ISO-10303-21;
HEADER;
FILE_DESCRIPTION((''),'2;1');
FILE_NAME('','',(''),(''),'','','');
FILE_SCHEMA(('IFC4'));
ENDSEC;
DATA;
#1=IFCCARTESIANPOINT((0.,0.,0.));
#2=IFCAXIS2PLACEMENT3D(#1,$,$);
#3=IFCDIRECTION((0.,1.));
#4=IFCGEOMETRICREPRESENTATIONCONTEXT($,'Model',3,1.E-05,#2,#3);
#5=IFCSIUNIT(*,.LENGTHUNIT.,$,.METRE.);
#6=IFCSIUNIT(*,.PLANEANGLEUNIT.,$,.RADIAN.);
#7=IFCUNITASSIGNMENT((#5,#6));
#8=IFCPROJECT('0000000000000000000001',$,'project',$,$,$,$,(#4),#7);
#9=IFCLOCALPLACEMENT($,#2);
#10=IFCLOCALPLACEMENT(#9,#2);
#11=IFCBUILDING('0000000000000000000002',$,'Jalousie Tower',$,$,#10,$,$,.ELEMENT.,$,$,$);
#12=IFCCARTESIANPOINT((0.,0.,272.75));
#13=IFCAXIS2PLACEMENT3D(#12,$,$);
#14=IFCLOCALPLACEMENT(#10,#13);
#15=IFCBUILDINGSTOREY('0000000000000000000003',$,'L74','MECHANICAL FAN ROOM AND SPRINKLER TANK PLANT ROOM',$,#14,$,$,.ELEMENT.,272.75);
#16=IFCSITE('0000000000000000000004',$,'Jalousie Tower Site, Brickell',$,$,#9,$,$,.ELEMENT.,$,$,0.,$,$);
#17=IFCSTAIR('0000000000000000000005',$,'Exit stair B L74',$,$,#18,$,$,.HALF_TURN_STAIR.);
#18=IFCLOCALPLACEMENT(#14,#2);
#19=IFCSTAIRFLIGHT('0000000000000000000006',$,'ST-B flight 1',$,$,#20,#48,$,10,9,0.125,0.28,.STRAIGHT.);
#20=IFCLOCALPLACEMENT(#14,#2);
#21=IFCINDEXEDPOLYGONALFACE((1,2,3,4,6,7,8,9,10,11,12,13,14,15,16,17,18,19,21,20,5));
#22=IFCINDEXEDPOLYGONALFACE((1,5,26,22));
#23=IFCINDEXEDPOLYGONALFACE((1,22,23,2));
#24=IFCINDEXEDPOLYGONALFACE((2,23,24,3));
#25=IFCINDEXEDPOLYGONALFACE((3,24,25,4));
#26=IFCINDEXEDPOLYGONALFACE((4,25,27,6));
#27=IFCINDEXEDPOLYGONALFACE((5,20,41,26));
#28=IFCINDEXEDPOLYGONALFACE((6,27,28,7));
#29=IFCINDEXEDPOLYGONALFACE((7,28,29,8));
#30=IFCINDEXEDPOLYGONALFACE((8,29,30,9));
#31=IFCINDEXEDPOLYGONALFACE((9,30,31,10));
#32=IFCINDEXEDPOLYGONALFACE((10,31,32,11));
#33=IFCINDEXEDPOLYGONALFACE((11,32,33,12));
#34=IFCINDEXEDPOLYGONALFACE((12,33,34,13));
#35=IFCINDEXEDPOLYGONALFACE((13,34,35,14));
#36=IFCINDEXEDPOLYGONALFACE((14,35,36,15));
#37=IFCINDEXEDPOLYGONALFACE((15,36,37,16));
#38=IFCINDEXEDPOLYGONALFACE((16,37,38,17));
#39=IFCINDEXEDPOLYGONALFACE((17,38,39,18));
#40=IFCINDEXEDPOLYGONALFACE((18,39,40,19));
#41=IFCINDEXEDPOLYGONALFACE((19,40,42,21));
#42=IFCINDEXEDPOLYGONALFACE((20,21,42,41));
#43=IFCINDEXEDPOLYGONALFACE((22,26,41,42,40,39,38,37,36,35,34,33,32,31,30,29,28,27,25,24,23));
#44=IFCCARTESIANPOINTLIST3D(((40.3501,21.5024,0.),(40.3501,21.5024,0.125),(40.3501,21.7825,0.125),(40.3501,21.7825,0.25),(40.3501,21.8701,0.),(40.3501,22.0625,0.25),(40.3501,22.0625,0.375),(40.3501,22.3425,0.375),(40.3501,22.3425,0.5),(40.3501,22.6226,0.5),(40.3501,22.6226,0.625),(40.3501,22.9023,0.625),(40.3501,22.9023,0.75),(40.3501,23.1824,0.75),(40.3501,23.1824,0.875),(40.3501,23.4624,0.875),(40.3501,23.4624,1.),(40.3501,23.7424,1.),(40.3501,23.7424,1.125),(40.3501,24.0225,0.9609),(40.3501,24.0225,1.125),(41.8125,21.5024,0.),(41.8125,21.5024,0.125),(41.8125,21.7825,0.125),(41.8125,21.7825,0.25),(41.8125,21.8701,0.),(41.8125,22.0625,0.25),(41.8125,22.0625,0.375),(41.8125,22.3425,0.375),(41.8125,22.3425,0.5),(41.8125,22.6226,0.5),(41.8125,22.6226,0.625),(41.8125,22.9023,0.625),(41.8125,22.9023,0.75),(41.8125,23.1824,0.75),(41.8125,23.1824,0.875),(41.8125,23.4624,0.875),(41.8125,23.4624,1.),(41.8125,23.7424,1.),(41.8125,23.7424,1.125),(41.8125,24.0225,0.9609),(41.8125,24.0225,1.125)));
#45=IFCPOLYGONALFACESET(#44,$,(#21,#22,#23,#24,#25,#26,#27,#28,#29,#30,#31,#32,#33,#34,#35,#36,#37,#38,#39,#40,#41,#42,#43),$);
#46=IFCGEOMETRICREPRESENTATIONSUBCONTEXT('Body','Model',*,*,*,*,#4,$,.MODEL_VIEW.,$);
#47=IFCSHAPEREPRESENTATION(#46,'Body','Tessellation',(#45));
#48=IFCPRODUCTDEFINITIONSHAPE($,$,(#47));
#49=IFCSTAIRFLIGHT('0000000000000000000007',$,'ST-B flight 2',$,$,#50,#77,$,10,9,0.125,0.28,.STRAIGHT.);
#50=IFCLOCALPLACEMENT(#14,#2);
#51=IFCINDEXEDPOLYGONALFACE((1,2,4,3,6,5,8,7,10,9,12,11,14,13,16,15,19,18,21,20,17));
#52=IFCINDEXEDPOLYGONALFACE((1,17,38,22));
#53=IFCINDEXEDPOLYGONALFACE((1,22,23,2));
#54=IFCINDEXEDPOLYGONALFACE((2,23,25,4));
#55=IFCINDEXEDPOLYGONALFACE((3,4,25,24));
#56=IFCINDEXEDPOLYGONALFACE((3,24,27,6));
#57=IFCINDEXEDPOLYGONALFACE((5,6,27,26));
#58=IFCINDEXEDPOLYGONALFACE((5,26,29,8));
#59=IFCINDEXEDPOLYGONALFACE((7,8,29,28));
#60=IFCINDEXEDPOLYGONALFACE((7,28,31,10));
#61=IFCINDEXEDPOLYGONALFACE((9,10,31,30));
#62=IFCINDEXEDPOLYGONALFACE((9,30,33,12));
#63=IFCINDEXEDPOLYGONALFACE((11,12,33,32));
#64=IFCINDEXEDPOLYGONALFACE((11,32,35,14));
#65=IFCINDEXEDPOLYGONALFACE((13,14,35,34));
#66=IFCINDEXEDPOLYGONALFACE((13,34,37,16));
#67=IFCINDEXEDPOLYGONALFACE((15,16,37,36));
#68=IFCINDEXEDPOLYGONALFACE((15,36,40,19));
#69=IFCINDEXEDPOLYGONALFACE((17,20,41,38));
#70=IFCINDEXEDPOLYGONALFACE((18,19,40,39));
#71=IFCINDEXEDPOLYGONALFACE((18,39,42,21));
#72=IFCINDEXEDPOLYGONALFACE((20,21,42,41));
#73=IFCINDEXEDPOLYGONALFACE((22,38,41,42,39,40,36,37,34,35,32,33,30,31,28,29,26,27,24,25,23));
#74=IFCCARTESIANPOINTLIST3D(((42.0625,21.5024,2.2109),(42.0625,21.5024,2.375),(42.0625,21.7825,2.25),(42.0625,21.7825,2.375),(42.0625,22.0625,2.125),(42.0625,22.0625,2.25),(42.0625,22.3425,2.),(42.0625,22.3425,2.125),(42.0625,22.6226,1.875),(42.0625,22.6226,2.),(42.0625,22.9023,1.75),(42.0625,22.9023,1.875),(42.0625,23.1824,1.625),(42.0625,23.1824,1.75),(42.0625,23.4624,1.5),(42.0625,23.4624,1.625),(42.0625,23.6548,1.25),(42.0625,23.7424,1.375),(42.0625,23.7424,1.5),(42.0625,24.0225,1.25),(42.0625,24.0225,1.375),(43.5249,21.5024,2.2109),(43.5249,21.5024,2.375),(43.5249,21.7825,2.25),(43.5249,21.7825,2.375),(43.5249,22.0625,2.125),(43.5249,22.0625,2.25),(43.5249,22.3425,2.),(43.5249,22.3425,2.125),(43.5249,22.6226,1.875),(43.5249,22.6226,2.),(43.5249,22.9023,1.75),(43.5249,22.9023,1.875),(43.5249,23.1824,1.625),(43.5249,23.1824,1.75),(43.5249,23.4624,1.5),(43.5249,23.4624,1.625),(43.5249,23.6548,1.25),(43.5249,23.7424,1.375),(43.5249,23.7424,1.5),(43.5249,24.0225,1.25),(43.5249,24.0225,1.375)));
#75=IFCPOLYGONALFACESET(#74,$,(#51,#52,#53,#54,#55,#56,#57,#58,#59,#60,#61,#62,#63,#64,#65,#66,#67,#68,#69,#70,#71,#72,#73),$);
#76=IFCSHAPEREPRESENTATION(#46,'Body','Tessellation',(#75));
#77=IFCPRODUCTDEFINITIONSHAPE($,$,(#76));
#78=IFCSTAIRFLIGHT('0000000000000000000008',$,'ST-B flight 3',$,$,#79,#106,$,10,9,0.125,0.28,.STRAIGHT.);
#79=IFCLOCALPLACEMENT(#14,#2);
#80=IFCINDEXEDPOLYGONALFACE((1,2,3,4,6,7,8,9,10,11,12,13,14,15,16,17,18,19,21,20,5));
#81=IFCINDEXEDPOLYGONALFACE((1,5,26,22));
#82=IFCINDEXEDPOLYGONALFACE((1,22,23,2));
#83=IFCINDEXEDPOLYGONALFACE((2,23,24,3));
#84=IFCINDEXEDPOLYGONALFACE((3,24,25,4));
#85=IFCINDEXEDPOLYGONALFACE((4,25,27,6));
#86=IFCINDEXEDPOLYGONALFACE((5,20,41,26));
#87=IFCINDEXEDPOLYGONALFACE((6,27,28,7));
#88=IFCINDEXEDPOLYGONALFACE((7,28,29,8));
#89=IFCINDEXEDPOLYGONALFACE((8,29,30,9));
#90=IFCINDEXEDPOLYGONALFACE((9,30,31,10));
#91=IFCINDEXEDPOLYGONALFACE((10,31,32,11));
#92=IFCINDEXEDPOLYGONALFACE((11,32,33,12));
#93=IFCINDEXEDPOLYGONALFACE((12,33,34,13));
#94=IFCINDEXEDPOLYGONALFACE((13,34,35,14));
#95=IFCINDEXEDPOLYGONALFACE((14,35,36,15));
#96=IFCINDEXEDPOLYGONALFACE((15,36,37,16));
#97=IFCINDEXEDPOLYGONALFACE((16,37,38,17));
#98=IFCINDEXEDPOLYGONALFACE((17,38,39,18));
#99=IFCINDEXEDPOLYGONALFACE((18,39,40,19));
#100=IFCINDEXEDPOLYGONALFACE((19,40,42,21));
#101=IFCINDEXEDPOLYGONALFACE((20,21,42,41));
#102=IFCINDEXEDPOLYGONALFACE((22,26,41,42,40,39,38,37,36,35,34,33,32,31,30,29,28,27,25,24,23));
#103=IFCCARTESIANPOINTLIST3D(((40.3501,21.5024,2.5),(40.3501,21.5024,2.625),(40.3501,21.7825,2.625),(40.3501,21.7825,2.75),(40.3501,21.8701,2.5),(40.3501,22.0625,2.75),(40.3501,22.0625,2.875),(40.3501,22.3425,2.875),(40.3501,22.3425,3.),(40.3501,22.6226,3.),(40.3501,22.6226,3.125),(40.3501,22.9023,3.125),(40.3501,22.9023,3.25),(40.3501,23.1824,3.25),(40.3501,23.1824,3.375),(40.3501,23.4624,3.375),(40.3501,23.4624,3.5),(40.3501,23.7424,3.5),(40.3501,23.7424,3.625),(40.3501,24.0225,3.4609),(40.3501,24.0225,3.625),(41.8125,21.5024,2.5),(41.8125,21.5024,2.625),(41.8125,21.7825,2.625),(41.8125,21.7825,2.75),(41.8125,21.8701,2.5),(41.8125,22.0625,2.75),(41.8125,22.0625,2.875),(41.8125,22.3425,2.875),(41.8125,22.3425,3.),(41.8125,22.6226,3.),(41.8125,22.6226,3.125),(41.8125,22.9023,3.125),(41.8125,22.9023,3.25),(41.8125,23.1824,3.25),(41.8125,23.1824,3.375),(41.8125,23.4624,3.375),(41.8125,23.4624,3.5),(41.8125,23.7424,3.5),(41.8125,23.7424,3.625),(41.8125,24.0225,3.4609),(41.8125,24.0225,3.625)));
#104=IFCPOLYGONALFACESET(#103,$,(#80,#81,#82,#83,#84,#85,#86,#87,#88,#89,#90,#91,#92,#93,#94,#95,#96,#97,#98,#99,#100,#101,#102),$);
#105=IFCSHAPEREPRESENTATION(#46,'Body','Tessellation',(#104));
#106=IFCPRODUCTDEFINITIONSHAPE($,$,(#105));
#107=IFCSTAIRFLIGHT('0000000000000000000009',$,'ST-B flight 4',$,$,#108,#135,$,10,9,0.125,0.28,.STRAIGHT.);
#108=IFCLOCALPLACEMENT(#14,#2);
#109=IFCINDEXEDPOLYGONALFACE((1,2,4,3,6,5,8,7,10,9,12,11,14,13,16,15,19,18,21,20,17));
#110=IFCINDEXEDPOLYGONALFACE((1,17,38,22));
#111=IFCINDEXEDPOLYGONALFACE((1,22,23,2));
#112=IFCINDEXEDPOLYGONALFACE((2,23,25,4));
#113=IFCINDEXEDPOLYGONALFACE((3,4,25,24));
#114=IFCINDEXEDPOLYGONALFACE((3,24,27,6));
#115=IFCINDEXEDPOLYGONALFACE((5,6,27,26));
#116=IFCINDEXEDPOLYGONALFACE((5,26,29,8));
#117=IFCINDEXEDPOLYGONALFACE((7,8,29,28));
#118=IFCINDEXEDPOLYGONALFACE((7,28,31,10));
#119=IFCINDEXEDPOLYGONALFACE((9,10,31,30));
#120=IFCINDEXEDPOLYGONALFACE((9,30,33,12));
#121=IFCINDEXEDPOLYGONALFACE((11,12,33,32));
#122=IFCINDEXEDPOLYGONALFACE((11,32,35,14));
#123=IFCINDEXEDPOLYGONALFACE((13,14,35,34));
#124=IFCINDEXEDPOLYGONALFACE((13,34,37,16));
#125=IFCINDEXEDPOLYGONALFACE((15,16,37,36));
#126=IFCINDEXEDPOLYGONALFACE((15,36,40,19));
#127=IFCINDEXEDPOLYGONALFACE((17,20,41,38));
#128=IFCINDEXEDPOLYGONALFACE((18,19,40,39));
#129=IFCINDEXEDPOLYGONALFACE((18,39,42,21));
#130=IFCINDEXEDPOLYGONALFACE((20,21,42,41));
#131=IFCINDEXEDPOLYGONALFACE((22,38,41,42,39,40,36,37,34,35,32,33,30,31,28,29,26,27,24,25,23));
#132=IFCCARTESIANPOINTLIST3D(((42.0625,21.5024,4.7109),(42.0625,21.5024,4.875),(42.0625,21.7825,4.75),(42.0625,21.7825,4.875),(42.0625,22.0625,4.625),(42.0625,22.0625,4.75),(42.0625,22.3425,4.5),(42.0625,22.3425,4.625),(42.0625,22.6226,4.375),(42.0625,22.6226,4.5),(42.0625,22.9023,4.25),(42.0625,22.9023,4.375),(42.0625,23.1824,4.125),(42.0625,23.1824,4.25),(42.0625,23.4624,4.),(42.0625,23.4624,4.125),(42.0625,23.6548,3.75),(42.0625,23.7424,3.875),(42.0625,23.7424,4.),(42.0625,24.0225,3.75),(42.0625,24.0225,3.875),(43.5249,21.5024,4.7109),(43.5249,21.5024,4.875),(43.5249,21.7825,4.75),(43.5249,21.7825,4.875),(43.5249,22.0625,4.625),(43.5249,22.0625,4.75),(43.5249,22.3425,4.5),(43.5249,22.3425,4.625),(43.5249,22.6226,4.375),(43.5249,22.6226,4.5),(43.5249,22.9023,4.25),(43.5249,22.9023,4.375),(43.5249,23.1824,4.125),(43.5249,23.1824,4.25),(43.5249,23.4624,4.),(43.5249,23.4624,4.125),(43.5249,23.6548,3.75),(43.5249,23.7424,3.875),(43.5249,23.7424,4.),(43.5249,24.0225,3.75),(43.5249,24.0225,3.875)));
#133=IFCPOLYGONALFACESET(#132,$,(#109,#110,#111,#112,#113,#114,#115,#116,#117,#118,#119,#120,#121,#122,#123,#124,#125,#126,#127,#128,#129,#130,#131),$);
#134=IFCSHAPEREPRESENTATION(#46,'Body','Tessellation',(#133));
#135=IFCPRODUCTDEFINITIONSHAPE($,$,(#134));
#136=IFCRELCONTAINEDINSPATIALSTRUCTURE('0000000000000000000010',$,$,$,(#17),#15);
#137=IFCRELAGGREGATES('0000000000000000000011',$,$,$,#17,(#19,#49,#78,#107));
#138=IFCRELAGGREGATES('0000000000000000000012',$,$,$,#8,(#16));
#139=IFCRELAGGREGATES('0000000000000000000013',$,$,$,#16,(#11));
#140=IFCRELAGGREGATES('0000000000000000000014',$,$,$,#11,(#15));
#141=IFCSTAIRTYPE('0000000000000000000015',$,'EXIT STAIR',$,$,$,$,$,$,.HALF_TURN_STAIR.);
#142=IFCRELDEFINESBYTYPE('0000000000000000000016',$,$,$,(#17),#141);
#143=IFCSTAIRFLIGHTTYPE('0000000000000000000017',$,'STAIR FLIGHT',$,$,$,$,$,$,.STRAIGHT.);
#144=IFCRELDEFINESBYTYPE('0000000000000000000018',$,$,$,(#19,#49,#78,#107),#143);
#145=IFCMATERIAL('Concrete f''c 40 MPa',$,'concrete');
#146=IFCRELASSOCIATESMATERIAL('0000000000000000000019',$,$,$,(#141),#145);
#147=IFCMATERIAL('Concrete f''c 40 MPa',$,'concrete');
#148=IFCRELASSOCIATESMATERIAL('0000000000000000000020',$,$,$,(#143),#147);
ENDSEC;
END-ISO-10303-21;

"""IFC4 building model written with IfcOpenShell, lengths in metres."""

from ifc_helpers import new_model, si_unit, direction, frame, origin, place, context, subcontext, project, spatial, polyline, outline, extrude, material, type_object, element, aggregate, save


model = new_model("IFC4")

# Units and contexts
model_context = context("Model", 3, precision=1e-05, world=origin(), true_north=direction((0.0, 1.0)))
body_context = subcontext(model_context, "Body", "Model", "MODEL_VIEW")
ifc_project = project(units=[si_unit("LENGTHUNIT", "METRE"), si_unit("PLANEANGLEUNIT", "RADIAN")], contexts=[model_context])

# Site, building, storey
site_placement = place(None, origin())
site = spatial("IfcSite", under=ifc_project, at=site_placement, Name="Jalousie Tower Site, Brickell", CompositionType="ELEMENT", RefElevation=0.0)
building_placement = place(site_placement, origin())
building = spatial("IfcBuilding", under=site, at=building_placement, Name="Jalousie Tower", CompositionType="ELEMENT")
storey_placement = place(building_placement, frame((0.0, 0.0, 272.75)))
storey = spatial("IfcBuildingStorey", under=building, at=storey_placement, Name="L74", Description="MECHANICAL FAN ROOM AND SPRINKLER TANK PLANT ROOM", CompositionType="ELEMENT", Elevation=272.75)

# Stair, stair flights
ifc_material_1 = material(Name="Concrete f'c 40 MPa", Category="concrete")
stair_type = type_object("IfcStairType", Name="EXIT STAIR", PredefinedType="HALF_TURN_STAIR", material=ifc_material_1)
stair_placement = place(storey_placement, origin())
stair = element("IfcStair", 1, at=stair_placement, inside=storey, type_object=stair_type, Name="Exit stair B L74", PredefinedType="HALF_TURN_STAIR")
ifc_material_2 = material(Name="Concrete f'c 40 MPa", Category="concrete")
stair_flight_type = type_object("IfcStairFlightType", Name="STAIR FLIGHT", PredefinedType="STRAIGHT", material=ifc_material_2)
stair_flight_1_placement = place(storey_placement, frame((41.0813, 21.5024, 0.0), z_axis=(0.0, 0.0, 1.0), x_axis=(0.0, 1.0, 0.0)))
stair_flight_1 = element("IfcStairFlight", 2, at=stair_flight_1_placement, type_object=stair_flight_type, Name="ST-B flight 1", NumberOfRisers=10, NumberOfTreads=9, PredefinedType="STRAIGHT", RiserHeight=0.125, TreadLength=0.28, context=body_context, shape_type="SweptSolid", body=[
    extrude(outline(polyline([(0.0, 0.0), (0.0, 0.125), (0.28, 0.125), (0.28, 0.25), (0.5601, 0.25), (0.5601, 0.375), (0.8401, 0.375), (0.8401, 0.5), (1.1201, 0.5), (1.1201, 0.625), (1.3999, 0.625), (1.3999, 0.75), (1.6799, 0.75), (1.6799, 0.875), (1.96, 0.875), (1.96, 1.0), (2.24, 1.0), (2.24, 1.125), (2.52, 1.125), (2.52, 1.25), (2.52, 0.9609), (0.3677, 0.0), (0.0, 0.0)])), frame((0.0, 0.7312, 0.0), z_axis=(0.0, -1.0, 0.0), x_axis=(1.0, 0.0, 0.0)), (0.0, 0.0, 1.0), 1.4624),
])
stair_flight_2_placement = place(storey_placement, frame((42.7937, 24.0225, 1.25), z_axis=(0.0, 0.0, 1.0), x_axis=(0.0, -1.0, 0.0)))
stair_flight_2 = element("IfcStairFlight", 3, at=stair_flight_2_placement, type_object=stair_flight_type, Name="ST-B flight 2", NumberOfRisers=10, NumberOfTreads=9, PredefinedType="STRAIGHT", RiserHeight=0.125, TreadLength=0.28, context=body_context, shape_type="SweptSolid", body=[
    extrude(outline(polyline([(0.0, 0.0), (0.0, 0.125), (0.28, 0.125), (0.28, 0.25), (0.5601, 0.25), (0.5601, 0.375), (0.8401, 0.375), (0.8401, 0.5), (1.1201, 0.5), (1.1201, 0.625), (1.3999, 0.625), (1.3999, 0.75), (1.6799, 0.75), (1.6799, 0.875), (1.96, 0.875), (1.96, 1.0), (2.24, 1.0), (2.24, 1.125), (2.52, 1.125), (2.52, 1.25), (2.52, 0.9609), (0.3677, 0.0), (0.0, 0.0)])), frame((0.0, 0.7312, 0.0), z_axis=(0.0, -1.0, 0.0), x_axis=(1.0, 0.0, 0.0)), (0.0, 0.0, 1.0), 1.4624),
])
stair_flight_3_placement = place(storey_placement, frame((41.0813, 21.5024, 2.5), z_axis=(0.0, 0.0, 1.0), x_axis=(0.0, 1.0, 0.0)))
stair_flight_3 = element("IfcStairFlight", 4, at=stair_flight_3_placement, type_object=stair_flight_type, Name="ST-B flight 3", NumberOfRisers=10, NumberOfTreads=9, PredefinedType="STRAIGHT", RiserHeight=0.125, TreadLength=0.28, context=body_context, shape_type="SweptSolid", body=[
    extrude(outline(polyline([(0.0, 0.0), (0.0, 0.125), (0.28, 0.125), (0.28, 0.25), (0.5601, 0.25), (0.5601, 0.375), (0.8401, 0.375), (0.8401, 0.5), (1.1201, 0.5), (1.1201, 0.625), (1.3999, 0.625), (1.3999, 0.75), (1.6799, 0.75), (1.6799, 0.875), (1.96, 0.875), (1.96, 1.0), (2.24, 1.0), (2.24, 1.125), (2.52, 1.125), (2.52, 1.25), (2.52, 0.9609), (0.3677, 0.0), (0.0, 0.0)])), frame((0.0, 0.7312, 0.0), z_axis=(0.0, -1.0, 0.0), x_axis=(1.0, 0.0, 0.0)), (0.0, 0.0, 1.0), 1.4624),
])
stair_flight_4_placement = place(storey_placement, frame((42.7937, 24.0225, 3.75), z_axis=(0.0, 0.0, 1.0), x_axis=(0.0, -1.0, 0.0)))
stair_flight_4 = element("IfcStairFlight", 5, at=stair_flight_4_placement, type_object=stair_flight_type, Name="ST-B flight 4", NumberOfRisers=10, NumberOfTreads=9, PredefinedType="STRAIGHT", RiserHeight=0.125, TreadLength=0.28, context=body_context, shape_type="SweptSolid", body=[
    extrude(outline(polyline([(0.0, 0.0), (0.0, 0.125), (0.28, 0.125), (0.28, 0.25), (0.5601, 0.25), (0.5601, 0.375), (0.8401, 0.375), (0.8401, 0.5), (1.1201, 0.5), (1.1201, 0.625), (1.3999, 0.625), (1.3999, 0.75), (1.6799, 0.75), (1.6799, 0.875), (1.96, 0.875), (1.96, 1.0), (2.24, 1.0), (2.24, 1.125), (2.52, 1.125), (2.52, 1.25), (2.52, 0.9609), (0.3677, 0.0), (0.0, 0.0)])), frame((0.0, 0.7312, 0.0), z_axis=(0.0, -1.0, 0.0), x_axis=(1.0, 0.0, 0.0)), (0.0, 0.0, 1.0), 1.4624),
])
aggregate(stair, [stair_flight_1, stair_flight_2, stair_flight_3, stair_flight_4])

save(model, "model.ifc")
